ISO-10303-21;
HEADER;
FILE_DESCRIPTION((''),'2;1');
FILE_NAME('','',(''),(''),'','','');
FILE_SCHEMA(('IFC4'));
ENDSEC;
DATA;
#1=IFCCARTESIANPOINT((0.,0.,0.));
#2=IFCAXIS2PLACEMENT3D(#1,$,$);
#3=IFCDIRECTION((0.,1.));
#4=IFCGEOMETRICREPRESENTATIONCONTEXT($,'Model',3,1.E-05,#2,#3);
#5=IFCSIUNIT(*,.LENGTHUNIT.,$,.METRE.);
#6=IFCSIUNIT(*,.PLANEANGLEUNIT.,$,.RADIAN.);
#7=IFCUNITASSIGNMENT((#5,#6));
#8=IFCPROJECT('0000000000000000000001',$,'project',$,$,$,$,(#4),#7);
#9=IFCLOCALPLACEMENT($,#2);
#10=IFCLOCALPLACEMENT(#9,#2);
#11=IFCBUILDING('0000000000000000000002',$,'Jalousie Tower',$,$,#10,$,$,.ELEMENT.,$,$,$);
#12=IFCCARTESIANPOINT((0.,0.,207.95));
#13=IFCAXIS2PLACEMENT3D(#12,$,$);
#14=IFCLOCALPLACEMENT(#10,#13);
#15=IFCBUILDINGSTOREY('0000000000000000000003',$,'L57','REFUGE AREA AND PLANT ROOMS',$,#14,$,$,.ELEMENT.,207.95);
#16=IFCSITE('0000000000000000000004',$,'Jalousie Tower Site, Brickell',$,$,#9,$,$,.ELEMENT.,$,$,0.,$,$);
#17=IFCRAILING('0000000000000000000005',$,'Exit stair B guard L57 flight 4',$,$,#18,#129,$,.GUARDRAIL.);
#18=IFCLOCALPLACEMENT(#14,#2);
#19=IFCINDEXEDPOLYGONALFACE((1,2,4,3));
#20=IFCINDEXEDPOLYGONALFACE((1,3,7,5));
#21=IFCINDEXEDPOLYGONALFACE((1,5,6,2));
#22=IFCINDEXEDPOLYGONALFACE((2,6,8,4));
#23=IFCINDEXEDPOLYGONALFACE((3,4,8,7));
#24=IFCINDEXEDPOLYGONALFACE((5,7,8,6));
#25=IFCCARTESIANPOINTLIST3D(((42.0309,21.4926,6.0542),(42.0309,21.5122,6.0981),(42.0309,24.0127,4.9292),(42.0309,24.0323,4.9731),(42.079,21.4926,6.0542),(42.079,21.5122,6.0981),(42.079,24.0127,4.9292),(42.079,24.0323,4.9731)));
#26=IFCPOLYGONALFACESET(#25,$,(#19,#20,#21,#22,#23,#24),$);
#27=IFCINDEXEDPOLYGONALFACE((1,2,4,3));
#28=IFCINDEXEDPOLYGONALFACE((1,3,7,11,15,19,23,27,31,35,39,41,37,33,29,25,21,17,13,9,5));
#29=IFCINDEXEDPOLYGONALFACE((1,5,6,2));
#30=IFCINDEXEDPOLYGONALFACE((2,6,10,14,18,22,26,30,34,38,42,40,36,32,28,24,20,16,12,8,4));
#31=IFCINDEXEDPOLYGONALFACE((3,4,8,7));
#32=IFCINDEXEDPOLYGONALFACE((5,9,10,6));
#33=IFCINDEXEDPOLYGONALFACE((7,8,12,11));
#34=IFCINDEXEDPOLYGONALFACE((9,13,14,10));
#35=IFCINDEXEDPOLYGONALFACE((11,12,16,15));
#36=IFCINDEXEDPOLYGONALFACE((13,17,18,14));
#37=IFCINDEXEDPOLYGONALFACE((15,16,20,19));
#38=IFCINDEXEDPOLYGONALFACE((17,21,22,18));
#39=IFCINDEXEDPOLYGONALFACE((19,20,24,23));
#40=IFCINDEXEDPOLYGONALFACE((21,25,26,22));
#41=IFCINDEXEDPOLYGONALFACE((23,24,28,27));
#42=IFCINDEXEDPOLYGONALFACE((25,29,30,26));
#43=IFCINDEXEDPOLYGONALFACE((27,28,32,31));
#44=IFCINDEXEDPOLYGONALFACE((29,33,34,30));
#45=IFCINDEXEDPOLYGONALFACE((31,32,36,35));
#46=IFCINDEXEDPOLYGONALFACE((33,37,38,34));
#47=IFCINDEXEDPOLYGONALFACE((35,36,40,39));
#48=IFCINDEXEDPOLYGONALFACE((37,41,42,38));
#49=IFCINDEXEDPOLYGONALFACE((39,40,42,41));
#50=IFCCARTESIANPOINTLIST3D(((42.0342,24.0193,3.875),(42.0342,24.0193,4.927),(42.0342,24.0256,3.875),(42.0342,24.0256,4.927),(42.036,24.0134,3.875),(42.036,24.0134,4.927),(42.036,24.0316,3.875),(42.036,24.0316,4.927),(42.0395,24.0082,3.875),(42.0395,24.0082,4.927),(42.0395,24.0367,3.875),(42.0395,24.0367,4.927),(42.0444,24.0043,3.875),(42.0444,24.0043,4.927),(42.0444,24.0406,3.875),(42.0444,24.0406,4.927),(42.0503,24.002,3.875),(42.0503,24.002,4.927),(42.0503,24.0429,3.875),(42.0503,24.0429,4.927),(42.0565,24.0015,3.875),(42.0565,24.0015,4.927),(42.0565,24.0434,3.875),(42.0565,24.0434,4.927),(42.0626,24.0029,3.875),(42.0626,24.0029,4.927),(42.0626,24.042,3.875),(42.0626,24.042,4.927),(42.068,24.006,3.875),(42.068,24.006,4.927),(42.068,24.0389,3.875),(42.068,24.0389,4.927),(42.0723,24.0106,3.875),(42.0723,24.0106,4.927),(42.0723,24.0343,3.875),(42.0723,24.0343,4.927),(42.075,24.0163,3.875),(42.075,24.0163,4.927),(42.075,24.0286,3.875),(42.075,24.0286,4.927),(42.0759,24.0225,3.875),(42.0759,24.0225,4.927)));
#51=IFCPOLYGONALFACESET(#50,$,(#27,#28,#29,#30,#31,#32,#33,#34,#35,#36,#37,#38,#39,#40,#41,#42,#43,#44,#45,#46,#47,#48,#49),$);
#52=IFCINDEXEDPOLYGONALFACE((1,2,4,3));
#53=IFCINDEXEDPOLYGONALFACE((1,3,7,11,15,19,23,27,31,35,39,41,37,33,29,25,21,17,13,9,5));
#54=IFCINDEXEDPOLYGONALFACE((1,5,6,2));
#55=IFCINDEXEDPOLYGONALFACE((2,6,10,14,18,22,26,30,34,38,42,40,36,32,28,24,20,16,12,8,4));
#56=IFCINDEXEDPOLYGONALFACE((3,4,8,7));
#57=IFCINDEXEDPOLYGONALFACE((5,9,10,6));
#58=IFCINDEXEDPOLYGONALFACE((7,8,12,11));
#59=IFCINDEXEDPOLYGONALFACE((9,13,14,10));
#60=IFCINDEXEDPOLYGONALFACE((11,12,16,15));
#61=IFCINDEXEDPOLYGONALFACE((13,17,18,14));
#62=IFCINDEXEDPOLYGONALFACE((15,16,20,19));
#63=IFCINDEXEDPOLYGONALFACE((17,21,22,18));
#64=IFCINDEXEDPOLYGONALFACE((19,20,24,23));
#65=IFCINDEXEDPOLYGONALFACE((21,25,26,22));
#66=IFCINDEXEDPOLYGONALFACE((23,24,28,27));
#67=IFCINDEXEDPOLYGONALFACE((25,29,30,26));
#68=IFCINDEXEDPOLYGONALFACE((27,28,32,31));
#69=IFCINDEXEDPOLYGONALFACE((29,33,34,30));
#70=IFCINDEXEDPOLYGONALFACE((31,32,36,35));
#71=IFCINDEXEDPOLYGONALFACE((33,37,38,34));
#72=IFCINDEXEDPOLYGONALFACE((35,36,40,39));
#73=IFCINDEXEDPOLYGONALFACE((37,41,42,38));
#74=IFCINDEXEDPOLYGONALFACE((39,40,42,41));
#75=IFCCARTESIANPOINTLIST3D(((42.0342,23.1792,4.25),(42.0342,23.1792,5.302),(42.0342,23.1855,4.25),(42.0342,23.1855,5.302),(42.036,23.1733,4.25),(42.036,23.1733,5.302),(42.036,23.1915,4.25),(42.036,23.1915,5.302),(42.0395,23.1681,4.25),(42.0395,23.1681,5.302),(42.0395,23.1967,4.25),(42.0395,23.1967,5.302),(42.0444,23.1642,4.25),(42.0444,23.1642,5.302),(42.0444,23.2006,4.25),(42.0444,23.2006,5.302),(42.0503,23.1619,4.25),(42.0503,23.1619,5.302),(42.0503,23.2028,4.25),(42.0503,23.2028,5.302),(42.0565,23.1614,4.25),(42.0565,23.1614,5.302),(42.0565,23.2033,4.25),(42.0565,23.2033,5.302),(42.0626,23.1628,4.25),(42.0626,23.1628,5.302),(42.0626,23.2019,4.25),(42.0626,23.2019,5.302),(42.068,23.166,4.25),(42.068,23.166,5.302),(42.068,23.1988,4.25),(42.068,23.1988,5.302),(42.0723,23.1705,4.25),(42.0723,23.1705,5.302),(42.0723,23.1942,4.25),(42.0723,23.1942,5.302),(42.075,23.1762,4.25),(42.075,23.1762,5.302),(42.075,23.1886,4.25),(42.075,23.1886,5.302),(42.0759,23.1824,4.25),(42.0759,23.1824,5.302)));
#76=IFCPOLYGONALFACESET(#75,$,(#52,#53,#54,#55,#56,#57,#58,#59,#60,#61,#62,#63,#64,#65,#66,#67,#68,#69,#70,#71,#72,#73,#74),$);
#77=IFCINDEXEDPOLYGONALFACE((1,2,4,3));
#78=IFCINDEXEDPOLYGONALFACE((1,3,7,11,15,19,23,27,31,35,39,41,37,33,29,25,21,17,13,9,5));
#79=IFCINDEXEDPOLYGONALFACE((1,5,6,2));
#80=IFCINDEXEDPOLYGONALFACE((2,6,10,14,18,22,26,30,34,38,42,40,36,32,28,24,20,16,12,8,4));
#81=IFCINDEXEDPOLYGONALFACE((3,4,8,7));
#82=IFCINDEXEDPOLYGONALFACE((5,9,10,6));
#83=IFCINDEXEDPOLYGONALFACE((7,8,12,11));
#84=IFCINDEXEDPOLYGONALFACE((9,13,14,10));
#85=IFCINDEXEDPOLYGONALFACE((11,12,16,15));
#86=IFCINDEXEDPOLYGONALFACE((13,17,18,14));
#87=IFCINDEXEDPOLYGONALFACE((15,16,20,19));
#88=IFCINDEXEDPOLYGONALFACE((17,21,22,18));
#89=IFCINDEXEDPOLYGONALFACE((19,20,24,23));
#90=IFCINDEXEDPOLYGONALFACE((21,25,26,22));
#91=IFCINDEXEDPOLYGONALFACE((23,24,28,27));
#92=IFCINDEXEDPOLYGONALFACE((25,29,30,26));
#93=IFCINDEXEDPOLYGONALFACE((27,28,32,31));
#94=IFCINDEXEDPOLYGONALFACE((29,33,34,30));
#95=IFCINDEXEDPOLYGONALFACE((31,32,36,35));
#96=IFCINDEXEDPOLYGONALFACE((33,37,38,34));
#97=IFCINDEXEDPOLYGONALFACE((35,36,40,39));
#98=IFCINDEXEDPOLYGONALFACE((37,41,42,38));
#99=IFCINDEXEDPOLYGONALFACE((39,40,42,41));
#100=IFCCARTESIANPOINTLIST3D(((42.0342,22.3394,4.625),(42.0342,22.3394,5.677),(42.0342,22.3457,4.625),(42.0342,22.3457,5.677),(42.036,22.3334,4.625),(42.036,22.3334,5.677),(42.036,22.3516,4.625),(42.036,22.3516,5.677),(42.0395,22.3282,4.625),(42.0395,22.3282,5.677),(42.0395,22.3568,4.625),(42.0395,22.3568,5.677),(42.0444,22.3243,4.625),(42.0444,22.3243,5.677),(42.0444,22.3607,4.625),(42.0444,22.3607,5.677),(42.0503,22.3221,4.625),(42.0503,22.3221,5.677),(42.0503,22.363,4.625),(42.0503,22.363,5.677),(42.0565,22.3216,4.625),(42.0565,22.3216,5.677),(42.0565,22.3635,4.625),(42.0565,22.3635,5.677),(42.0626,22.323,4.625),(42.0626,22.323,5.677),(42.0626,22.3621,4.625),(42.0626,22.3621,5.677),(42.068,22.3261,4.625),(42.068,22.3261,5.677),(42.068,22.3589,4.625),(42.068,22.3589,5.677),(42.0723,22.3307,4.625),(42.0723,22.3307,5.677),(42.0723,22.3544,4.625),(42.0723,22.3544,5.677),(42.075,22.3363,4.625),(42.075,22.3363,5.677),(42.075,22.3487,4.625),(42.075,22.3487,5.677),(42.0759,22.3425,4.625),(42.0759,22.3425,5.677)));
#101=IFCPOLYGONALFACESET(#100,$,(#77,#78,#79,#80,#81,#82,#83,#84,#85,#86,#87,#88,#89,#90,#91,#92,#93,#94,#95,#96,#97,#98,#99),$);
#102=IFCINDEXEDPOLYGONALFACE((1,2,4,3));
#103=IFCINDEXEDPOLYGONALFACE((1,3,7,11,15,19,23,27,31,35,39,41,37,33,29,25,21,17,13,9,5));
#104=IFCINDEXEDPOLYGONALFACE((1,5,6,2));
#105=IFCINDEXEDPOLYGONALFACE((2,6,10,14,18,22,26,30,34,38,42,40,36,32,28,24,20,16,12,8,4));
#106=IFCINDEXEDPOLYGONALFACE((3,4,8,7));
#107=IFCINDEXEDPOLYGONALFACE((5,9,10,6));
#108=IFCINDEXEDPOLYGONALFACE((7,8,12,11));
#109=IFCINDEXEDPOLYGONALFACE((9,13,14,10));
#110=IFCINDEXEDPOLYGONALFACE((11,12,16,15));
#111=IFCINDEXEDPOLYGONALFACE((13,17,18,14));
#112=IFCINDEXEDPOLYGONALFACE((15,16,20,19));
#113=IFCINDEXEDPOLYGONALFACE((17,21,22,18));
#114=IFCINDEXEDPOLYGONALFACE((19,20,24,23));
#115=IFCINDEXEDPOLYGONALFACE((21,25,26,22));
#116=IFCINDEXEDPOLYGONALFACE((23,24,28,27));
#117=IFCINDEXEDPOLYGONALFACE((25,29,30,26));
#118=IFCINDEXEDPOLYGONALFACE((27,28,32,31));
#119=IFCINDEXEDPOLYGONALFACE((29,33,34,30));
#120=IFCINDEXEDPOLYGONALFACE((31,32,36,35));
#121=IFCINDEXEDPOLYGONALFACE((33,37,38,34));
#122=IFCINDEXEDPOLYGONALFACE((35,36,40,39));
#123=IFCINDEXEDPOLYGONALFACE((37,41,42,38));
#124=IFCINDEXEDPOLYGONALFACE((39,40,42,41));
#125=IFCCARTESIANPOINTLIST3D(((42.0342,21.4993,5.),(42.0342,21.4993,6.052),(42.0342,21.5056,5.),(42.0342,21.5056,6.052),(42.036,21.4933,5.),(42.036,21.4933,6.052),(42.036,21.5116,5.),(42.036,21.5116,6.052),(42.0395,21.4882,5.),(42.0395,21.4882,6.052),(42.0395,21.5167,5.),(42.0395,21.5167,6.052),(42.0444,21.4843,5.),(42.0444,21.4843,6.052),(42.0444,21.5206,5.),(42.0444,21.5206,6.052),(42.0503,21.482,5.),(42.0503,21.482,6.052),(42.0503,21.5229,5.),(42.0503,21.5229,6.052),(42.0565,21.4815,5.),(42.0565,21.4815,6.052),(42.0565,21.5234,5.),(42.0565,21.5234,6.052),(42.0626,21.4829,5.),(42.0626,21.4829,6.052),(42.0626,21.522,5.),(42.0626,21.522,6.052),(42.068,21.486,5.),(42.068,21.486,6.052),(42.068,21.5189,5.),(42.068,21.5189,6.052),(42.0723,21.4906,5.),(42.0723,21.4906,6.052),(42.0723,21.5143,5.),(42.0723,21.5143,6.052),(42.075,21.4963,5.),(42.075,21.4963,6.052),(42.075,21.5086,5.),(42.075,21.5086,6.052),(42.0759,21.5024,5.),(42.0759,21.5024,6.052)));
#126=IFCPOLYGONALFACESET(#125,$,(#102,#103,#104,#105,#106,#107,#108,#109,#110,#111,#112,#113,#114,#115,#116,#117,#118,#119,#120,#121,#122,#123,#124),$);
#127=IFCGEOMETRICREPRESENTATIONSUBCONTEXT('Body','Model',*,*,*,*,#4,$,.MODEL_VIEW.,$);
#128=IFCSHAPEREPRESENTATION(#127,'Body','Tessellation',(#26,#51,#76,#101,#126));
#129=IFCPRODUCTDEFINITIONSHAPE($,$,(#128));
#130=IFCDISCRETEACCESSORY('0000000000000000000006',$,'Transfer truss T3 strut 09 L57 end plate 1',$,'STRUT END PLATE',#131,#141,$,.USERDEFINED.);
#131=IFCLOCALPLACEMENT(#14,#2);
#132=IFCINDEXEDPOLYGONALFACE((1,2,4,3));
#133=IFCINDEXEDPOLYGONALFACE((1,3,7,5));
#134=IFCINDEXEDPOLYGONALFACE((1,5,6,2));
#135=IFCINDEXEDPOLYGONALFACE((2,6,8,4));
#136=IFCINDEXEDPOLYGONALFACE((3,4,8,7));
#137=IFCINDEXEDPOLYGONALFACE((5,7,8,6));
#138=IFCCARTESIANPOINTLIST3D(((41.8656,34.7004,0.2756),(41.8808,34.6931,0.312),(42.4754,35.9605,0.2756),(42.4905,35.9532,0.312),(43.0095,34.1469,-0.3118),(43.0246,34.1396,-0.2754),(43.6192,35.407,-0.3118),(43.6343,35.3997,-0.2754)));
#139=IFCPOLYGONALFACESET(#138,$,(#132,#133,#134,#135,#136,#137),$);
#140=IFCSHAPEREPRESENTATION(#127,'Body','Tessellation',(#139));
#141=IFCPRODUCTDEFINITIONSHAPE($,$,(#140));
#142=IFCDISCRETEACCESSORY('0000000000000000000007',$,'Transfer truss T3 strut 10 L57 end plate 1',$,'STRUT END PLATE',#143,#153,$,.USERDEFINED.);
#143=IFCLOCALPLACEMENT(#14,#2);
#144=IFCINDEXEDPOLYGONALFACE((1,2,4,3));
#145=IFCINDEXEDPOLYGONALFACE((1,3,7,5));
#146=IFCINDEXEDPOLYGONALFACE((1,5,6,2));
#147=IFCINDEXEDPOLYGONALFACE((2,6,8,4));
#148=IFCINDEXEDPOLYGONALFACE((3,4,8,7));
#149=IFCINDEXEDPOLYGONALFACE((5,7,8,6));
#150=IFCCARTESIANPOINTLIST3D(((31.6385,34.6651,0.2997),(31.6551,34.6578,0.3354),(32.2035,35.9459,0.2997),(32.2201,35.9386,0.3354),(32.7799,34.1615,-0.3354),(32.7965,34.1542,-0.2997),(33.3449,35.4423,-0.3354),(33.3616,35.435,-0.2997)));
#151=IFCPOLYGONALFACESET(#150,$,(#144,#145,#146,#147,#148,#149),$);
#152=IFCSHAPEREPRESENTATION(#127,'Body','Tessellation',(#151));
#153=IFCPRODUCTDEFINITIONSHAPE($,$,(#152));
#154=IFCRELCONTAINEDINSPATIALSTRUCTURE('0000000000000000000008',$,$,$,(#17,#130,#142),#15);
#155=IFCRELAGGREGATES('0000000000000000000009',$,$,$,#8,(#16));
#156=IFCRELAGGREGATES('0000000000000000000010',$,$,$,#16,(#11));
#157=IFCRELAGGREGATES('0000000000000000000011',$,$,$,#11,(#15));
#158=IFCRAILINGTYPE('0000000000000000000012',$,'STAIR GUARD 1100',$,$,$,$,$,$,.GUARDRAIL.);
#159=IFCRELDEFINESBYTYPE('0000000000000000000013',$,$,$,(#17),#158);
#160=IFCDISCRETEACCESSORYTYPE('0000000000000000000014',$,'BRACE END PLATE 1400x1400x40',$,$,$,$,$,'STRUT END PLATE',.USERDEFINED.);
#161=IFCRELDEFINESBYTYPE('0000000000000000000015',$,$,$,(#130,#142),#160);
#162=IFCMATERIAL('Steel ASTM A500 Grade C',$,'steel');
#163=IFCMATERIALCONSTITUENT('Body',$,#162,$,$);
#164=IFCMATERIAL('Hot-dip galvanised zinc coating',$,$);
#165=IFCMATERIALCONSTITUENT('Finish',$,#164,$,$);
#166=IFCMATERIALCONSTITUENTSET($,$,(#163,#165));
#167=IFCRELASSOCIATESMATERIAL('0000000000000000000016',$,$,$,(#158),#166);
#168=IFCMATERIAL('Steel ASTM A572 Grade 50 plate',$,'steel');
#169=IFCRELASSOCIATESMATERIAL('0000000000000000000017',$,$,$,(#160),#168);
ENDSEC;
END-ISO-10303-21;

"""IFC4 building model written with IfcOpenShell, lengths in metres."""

from ifc_helpers import new_model, si_unit, direction, frame, origin, origin_2d, place, context, subcontext, project, spatial, rectangle, circle, extrude, material, constituent, constituent_set, material_profile, profile_set, type_object, element, save


model = new_model("IFC4")

# Units and contexts
model_context = context("Model", 3, precision=1e-05, world=origin(), true_north=direction((0.0, 1.0)))
body_context = subcontext(model_context, "Body", "Model", "MODEL_VIEW")
ifc_project = project(units=[si_unit("LENGTHUNIT", "METRE"), si_unit("PLANEANGLEUNIT", "RADIAN")], contexts=[model_context])

# Site, building, storey
site_placement = place(None, origin())
site = spatial("IfcSite", under=ifc_project, at=site_placement, Name="Jalousie Tower Site, Brickell", CompositionType="ELEMENT", RefElevation=0.0)
building_placement = place(site_placement, origin())
building = spatial("IfcBuilding", under=site, at=building_placement, Name="Jalousie Tower", CompositionType="ELEMENT")
storey_placement = place(building_placement, frame((0.0, 0.0, 207.95)))
storey = spatial("IfcBuildingStorey", under=building, at=storey_placement, Name="L57", Description="REFUGE AREA AND PLANT ROOMS", CompositionType="ELEMENT", Elevation=207.95)

# Railing
ifc_material_1 = material(Name="Steel ASTM A500 Grade C", Category="steel")
ifc_constituent_1 = constituent(ifc_material_1, Name="Body")
ifc_material_2 = material(Name="Hot-dip galvanised zinc coating")
ifc_constituent_2 = constituent(ifc_material_2, Name="Finish")
ifc_constituent_set_1 = constituent_set(constituents=[ifc_constituent_1, ifc_constituent_2])
railing_type_1 = type_object("IfcRailingType", Name="STAIR GUARD 1100", PredefinedType="GUARDRAIL", material=ifc_constituent_set_1)
railing_1_placement = place(storey_placement, frame((42.0549, 24.0225, 3.875)))
element("IfcRailing", 1, at=railing_1_placement, inside=storey, type_object=railing_type_1, Name="Exit stair B guard L57 flight 4", PredefinedType="GUARDRAIL", context=body_context, shape_type="SweptSolid", body=[
    extrude(rectangle(XDim=0.0481, YDim=0.0481, at=origin_2d()), frame((0.0, 0.0, 1.0762), z_axis=(0.0, -0.913139, 0.407648), x_axis=(1.0, 0.0, 0.0)), (0.0, 0.0, 1.0), 2.7598),
    extrude(circle(Radius=0.021, at=origin_2d()), origin(), (0.0, 0.0, 1.0), 1.052),
    extrude(circle(Radius=0.021, at=origin_2d()), frame((0.0, -0.8401, 0.375)), (0.0, 0.0, 1.0), 1.052),
    extrude(circle(Radius=0.021, at=origin_2d()), frame((0.0, -1.6799, 0.75)), (0.0, 0.0, 1.0), 1.052),
    extrude(circle(Radius=0.021, at=origin_2d()), frame((0.0, -2.52, 1.125)), (0.0, 0.0, 1.0), 1.052),
])

# Discrete accessories
ifc_material_3 = material(Name="Steel ASTM A572 Grade 50 plate", Category="steel")
ifc_material_profile_1 = material_profile(ifc_material_3, rectangle(XDim=1.3999, YDim=1.3999, at=origin_2d()), Name="BRACE END PLATE 1400x1400x40")
ifc_profile_set_1 = profile_set([ifc_material_profile_1], Name="Steel ASTM A572 Grade 50 plate")
discrete_accessory_type = type_object("IfcDiscreteAccessoryType", Name="BRACE END PLATE 1400x1400x40", ElementType="STRUT END PLATE", PredefinedType="USERDEFINED", material=ifc_profile_set_1)
for number, where, z_axis, x_axis, name in (
    (2, (42.7424, 35.0537, -0.0181), (0.377705, -0.18276, 0.90771), (0.435561, 0.900159, 0.0), "Transfer truss T3 strut 09 L57 end plate 1"),
    (3, (32.4917, 35.0537, -0.0178), (0.415066, -0.183118, 0.891172), (0.40364, 0.914918, 0.0), "Transfer truss T3 strut 10 L57 end plate 1"),
):
    element("IfcDiscreteAccessory", number, at=place(storey_placement, frame(where, z_axis=z_axis, x_axis=x_axis)), inside=storey, type_object=discrete_accessory_type, Name=name, ObjectType="STRUT END PLATE", PredefinedType="USERDEFINED", context=body_context, shape_type="SweptSolid", body=[
        extrude(rectangle(XDim=1.3999, YDim=1.3999, at=origin_2d()), origin(), (0.0, 0.0, 1.0), 0.04),
    ])

save(model, "model.ifc")
